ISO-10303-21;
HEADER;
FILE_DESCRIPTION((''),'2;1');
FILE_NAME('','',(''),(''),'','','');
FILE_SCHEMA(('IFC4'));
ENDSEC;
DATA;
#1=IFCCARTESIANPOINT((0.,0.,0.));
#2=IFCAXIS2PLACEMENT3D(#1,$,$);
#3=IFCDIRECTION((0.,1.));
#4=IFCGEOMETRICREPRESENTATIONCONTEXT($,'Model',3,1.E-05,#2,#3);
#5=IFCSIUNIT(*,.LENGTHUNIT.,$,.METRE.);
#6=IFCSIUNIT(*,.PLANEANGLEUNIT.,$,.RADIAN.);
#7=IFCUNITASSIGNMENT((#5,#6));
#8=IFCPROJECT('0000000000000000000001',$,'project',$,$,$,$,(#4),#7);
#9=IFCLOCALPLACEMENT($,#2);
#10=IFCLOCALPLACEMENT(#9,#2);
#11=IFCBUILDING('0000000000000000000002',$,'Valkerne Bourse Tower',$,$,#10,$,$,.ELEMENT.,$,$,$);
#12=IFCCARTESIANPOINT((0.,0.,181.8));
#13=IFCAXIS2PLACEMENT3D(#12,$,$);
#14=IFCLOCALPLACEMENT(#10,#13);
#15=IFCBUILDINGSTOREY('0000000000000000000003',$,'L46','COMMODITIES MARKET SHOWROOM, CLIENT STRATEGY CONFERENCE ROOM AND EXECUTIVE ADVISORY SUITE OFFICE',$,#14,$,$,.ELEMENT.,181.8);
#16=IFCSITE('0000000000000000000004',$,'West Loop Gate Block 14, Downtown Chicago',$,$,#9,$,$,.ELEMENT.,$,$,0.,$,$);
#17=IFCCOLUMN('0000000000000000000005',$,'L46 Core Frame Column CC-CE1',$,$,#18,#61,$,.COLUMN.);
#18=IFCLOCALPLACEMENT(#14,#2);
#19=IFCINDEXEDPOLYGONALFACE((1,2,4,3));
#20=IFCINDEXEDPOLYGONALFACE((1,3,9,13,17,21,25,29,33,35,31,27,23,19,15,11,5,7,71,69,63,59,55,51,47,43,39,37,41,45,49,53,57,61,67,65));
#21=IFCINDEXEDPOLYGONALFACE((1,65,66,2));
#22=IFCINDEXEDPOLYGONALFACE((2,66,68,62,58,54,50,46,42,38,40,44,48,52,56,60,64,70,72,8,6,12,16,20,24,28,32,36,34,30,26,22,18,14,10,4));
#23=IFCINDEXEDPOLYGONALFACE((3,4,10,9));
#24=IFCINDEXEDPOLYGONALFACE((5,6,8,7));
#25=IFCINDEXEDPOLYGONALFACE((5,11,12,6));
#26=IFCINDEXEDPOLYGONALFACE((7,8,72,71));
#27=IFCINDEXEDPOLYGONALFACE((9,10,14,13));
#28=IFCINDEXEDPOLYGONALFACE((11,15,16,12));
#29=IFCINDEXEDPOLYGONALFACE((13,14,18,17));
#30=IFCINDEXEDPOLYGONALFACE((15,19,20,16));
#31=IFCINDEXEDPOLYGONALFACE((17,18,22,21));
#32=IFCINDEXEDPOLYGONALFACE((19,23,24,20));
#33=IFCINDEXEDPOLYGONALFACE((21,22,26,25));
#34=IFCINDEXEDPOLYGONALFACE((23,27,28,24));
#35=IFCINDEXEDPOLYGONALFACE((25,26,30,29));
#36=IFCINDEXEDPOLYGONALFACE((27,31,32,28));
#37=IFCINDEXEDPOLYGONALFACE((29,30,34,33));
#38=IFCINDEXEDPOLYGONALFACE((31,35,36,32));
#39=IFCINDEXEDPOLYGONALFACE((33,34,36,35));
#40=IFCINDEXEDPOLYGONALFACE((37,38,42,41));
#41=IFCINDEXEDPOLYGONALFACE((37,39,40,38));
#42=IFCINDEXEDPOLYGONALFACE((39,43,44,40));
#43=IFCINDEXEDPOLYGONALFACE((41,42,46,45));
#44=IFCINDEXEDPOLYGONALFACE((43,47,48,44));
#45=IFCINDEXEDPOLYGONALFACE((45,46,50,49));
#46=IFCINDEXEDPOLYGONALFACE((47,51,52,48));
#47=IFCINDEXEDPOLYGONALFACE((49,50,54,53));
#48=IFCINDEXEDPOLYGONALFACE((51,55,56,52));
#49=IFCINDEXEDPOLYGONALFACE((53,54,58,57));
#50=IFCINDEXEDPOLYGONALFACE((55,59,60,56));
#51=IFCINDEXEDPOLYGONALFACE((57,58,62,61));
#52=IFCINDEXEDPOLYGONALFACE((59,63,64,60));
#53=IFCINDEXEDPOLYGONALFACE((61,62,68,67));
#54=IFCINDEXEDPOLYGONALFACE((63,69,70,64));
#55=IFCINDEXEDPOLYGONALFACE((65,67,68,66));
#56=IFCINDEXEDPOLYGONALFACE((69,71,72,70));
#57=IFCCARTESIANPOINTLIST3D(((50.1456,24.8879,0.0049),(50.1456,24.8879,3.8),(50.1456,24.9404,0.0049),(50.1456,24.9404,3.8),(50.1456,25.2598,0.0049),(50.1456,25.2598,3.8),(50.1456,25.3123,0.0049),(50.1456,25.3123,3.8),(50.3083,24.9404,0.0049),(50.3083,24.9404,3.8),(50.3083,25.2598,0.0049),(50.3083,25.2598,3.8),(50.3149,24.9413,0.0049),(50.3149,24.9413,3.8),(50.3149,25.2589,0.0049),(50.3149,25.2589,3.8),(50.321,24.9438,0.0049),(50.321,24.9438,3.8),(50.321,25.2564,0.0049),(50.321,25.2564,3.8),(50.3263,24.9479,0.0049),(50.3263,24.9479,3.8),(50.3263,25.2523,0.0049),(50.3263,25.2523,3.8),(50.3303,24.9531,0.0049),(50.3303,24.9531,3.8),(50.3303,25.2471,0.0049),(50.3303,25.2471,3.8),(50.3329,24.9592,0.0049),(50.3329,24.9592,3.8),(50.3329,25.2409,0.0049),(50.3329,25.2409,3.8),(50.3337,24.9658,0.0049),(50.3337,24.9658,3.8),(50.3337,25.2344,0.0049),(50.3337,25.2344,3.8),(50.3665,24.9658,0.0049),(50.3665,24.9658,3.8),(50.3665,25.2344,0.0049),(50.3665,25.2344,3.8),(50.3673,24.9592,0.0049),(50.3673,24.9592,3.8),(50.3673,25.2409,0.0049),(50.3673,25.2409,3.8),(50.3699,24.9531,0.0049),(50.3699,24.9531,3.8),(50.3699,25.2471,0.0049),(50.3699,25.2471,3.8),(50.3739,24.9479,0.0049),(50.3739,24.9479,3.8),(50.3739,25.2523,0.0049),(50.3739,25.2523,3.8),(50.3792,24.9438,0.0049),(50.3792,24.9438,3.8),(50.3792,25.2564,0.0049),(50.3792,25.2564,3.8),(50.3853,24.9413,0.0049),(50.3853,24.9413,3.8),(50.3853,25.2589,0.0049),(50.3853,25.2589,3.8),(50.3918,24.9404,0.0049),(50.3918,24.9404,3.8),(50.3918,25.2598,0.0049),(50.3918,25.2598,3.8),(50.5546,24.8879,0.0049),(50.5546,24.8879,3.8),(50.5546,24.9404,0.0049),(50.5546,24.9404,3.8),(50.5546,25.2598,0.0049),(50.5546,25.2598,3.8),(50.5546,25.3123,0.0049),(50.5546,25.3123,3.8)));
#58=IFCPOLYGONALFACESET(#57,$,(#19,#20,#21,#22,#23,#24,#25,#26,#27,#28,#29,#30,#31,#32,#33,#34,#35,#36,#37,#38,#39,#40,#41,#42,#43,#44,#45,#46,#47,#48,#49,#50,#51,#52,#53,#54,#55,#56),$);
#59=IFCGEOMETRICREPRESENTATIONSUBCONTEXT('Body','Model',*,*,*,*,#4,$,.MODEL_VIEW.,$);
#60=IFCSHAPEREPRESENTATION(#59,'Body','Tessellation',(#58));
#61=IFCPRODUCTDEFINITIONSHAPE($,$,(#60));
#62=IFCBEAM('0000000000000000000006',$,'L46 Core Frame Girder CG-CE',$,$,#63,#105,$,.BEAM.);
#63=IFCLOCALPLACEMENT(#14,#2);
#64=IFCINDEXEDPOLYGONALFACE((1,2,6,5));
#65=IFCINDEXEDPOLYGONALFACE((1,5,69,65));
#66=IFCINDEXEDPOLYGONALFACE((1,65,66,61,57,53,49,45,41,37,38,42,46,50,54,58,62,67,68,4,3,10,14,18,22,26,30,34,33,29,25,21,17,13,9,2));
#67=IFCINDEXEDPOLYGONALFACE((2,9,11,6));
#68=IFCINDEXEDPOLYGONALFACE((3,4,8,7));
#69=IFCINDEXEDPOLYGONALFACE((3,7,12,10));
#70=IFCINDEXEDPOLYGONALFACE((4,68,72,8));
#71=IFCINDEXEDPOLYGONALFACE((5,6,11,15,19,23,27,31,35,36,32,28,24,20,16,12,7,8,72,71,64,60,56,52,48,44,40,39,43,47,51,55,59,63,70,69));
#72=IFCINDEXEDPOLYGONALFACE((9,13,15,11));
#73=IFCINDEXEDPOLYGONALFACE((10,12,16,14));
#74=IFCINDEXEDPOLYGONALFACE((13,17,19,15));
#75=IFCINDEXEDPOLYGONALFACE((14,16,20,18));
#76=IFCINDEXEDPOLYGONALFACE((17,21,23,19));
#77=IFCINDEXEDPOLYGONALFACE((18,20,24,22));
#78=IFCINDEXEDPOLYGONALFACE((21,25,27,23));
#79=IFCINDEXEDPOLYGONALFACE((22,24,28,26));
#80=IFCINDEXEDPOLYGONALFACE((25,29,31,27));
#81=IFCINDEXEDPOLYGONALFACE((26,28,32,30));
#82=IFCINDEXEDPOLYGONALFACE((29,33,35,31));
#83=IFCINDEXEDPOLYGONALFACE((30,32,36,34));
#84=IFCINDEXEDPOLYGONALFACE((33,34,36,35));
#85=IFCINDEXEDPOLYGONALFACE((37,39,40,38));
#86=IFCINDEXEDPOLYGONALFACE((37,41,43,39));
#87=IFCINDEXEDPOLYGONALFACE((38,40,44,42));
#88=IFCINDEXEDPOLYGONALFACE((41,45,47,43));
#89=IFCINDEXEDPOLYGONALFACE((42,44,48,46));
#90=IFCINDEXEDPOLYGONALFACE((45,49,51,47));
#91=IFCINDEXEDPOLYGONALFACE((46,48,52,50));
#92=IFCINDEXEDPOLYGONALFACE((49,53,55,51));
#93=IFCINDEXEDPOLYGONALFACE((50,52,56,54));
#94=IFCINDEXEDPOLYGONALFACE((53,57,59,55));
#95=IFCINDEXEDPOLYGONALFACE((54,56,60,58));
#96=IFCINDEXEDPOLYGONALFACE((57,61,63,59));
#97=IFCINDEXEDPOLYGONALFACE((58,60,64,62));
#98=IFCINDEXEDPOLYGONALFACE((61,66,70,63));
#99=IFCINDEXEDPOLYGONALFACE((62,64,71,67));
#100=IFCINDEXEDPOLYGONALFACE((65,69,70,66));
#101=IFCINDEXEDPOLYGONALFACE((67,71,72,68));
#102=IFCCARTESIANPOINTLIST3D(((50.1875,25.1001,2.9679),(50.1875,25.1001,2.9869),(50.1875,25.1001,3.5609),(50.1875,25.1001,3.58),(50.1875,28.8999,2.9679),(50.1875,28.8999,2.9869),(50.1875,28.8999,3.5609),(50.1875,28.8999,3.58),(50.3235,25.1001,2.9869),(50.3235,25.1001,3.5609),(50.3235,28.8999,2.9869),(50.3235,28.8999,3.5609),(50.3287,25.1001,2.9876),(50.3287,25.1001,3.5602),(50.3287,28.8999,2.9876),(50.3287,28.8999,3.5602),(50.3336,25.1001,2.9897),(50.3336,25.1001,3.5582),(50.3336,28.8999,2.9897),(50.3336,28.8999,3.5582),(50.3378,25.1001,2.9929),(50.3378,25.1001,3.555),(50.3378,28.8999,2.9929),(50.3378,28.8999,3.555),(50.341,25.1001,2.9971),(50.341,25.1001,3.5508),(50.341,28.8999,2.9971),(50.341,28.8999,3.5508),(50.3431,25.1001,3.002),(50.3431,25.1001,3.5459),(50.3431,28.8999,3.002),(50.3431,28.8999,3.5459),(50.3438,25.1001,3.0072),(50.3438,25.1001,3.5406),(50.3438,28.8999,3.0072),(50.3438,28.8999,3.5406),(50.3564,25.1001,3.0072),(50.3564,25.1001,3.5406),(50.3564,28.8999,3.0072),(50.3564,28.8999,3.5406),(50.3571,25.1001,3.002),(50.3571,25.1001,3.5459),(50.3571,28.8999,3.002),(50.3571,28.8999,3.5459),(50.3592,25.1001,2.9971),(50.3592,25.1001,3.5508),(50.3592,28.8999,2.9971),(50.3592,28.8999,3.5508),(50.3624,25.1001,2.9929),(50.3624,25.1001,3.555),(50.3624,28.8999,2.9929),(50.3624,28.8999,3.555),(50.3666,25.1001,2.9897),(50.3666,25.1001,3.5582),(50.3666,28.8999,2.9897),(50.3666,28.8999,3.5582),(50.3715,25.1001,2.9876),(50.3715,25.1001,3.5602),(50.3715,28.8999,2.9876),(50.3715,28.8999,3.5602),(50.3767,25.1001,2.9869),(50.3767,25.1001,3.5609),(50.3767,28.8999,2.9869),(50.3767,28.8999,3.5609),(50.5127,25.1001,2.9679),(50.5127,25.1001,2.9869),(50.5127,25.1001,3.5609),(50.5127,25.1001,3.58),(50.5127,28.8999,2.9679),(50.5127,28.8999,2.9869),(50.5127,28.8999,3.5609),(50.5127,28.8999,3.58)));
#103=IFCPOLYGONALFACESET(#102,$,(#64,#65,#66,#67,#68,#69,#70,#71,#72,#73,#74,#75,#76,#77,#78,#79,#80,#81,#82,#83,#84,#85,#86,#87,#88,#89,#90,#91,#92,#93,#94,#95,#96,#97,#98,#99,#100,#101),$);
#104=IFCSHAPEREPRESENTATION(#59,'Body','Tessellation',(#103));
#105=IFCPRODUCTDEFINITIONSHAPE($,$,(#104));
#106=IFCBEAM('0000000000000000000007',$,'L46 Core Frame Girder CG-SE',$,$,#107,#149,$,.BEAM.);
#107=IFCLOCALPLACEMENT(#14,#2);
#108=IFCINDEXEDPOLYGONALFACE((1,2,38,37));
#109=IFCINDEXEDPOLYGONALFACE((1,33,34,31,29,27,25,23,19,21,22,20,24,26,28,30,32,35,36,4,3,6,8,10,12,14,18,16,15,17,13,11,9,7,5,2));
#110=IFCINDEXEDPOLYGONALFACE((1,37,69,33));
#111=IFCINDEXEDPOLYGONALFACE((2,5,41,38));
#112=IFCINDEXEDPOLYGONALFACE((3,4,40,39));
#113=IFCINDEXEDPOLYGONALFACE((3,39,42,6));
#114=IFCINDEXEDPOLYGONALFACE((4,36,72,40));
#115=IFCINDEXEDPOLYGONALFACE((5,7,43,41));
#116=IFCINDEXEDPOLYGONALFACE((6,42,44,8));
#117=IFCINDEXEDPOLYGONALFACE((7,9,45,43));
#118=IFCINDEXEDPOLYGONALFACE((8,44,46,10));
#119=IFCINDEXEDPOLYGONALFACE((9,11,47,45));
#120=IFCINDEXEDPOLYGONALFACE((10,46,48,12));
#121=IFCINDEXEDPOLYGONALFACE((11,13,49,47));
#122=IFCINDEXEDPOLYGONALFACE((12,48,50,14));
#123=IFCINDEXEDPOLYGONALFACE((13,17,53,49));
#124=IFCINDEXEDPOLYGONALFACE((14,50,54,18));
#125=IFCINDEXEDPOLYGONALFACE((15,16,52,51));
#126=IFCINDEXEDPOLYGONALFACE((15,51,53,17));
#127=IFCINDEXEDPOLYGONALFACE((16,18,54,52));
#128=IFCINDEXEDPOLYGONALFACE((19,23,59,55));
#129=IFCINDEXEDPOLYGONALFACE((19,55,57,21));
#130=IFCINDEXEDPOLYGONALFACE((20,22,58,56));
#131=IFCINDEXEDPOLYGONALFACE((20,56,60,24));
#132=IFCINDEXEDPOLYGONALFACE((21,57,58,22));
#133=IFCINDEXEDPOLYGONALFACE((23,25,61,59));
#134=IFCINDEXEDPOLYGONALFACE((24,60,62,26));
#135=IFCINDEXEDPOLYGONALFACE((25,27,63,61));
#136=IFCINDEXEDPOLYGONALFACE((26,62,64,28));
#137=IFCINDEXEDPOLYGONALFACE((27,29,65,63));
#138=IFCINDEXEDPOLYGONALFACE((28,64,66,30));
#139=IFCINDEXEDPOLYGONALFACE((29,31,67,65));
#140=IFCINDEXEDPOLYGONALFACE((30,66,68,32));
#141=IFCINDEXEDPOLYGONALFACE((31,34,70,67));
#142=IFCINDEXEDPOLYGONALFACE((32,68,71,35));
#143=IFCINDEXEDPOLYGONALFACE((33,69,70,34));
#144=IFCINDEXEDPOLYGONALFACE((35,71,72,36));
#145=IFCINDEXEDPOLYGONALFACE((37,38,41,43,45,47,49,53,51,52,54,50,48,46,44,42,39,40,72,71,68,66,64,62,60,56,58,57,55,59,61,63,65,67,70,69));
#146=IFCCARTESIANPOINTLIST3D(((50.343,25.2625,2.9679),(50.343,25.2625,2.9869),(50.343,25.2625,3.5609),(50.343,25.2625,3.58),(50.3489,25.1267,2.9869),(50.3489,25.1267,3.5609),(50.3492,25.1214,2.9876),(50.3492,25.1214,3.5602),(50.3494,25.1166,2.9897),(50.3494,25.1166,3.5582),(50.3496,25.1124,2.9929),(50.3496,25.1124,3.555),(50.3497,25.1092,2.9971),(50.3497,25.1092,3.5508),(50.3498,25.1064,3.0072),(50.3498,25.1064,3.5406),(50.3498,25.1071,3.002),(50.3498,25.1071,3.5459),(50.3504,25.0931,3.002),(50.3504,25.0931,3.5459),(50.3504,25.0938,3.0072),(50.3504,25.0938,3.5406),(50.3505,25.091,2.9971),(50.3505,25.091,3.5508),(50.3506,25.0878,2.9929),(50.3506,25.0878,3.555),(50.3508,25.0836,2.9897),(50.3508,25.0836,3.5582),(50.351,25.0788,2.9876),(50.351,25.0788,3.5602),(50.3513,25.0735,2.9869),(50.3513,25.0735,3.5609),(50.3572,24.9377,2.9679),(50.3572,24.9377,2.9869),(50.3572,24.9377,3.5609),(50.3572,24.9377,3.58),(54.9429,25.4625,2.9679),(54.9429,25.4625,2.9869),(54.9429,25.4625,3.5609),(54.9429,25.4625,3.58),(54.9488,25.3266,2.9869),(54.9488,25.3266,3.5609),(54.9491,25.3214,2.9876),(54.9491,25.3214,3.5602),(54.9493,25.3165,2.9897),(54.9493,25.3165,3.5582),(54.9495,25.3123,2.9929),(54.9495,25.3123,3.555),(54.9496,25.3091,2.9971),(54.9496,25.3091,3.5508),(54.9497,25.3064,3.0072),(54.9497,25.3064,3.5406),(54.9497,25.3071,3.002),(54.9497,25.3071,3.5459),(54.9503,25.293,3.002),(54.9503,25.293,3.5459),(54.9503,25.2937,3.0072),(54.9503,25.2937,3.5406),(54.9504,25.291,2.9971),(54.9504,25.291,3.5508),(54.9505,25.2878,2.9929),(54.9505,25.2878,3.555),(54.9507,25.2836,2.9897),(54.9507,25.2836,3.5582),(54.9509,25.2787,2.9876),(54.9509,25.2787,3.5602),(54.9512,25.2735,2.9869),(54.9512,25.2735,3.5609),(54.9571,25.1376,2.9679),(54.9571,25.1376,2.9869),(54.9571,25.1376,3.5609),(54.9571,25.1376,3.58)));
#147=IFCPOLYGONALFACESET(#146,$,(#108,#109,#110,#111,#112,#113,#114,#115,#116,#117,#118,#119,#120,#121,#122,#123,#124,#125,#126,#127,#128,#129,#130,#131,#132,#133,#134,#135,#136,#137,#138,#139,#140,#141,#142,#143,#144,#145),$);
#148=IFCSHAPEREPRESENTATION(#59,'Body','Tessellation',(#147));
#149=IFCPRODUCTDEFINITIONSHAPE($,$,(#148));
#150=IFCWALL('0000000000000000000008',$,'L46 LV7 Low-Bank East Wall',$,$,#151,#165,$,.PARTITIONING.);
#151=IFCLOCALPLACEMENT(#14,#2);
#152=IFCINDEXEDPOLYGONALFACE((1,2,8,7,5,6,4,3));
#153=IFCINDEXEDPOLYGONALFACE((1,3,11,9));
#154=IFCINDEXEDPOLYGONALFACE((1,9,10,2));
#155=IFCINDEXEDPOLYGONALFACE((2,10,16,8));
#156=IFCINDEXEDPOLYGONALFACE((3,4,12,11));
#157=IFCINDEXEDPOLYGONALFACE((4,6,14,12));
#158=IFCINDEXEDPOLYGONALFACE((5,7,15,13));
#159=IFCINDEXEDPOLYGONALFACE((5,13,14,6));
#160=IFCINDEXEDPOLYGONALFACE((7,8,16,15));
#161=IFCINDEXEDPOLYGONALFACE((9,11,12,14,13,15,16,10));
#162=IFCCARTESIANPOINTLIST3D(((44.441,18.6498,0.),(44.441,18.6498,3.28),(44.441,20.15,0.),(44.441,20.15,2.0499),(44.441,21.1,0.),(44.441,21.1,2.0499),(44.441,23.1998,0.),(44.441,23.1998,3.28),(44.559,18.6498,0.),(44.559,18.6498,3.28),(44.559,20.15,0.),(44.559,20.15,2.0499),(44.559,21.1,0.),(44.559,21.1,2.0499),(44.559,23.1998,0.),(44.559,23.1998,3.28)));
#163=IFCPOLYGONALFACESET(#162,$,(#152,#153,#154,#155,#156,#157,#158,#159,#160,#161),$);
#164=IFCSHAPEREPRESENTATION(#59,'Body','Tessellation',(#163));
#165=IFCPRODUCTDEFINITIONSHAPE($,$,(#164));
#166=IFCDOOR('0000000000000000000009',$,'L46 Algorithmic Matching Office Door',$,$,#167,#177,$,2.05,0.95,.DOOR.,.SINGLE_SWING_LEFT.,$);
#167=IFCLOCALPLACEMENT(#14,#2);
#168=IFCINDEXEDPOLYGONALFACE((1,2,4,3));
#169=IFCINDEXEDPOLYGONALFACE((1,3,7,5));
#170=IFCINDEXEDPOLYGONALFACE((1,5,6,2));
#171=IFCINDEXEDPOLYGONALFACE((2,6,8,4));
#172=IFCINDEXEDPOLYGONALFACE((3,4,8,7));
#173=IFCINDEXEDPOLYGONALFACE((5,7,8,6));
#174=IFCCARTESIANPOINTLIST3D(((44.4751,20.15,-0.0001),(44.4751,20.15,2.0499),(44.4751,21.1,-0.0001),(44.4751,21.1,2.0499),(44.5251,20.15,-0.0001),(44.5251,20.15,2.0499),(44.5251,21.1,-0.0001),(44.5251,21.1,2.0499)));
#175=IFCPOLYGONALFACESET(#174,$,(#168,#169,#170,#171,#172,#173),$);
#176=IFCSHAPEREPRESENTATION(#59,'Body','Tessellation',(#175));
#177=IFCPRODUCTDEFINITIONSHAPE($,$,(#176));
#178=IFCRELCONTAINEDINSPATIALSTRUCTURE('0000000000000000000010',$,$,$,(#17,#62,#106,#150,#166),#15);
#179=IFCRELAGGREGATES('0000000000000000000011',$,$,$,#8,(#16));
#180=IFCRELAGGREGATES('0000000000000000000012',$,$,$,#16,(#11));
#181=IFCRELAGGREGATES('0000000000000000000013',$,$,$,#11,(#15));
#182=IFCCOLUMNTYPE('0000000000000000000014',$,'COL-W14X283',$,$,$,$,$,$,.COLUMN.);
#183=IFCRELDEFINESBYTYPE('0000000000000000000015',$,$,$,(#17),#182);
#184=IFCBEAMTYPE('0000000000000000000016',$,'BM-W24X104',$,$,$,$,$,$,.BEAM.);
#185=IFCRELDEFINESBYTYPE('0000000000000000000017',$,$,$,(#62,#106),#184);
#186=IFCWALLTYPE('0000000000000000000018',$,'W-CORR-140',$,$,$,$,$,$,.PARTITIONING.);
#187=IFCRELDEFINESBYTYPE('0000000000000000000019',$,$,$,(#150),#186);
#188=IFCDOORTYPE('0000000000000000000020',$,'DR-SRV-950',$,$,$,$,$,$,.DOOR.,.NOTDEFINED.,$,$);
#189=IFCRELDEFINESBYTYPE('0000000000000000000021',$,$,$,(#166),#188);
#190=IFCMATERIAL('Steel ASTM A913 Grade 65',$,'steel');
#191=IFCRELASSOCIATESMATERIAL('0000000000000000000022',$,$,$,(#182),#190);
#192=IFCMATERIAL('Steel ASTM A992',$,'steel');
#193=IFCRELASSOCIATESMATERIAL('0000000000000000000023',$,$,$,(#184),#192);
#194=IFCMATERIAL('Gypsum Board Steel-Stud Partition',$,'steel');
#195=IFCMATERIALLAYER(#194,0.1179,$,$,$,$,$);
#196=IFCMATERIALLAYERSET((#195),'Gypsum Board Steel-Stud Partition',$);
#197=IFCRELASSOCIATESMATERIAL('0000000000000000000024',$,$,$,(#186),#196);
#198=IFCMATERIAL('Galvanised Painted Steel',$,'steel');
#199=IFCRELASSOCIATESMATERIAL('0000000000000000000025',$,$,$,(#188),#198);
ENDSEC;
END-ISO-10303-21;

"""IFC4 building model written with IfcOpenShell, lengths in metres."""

from ifc_helpers import new_model, si_unit, direction, frame, frame_2d, origin, origin_2d, place, context, subcontext, project, spatial, rectangle, i_section, extrude, material, layer, layer_set, material_profile, profile_set, type_object, element, fill, save


model = new_model("IFC4")

# Units and contexts
model_context = context("Model", 3, precision=1e-05, world=origin(), true_north=direction((0.0, 1.0)))
body_context = subcontext(model_context, "Body", "Model", "MODEL_VIEW")
ifc_project = project(units=[si_unit("LENGTHUNIT", "METRE"), si_unit("PLANEANGLEUNIT", "RADIAN")], contexts=[model_context])

# Site, building, storey
site_placement = place(None, origin())
site = spatial("IfcSite", under=ifc_project, at=site_placement, Name="West Loop Gate Block 14, Downtown Chicago", CompositionType="ELEMENT", RefElevation=0.0)
building_placement = place(site_placement, origin())
building = spatial("IfcBuilding", under=site, at=building_placement, Name="Valkerne Bourse Tower", CompositionType="ELEMENT")
storey_placement = place(building_placement, frame((0.0, 0.0, 181.8)))
storey = spatial("IfcBuildingStorey", under=building, at=storey_placement, Name="L46", Description="COMMODITIES MARKET SHOWROOM, CLIENT STRATEGY CONFERENCE ROOM AND EXECUTIVE ADVISORY SUITE OFFICE", CompositionType="ELEMENT", Elevation=181.8)

# Column
ifc_material_1 = material(Name="Steel ASTM A913 Grade 65", Category="steel")
ifc_material_profile_1 = material_profile(ifc_material_1, i_section(OverallWidth=0.4089, OverallDepth=0.4243, WebThickness=0.0327, FlangeThickness=0.0525, FilletRadius=0.0254, at=origin_2d()), Name="W14X283")
ifc_profile_set_1 = profile_set([ifc_material_profile_1], Name="Steel ASTM A913 Grade 65")
column_type = type_object("IfcColumnType", Name="COL-W14X283", PredefinedType="COLUMN", material=ifc_profile_set_1)
column_placement = place(storey_placement, frame((50.3501, 25.1001, 0.0049), z_axis=(0.0, 0.0, 1.0), x_axis=(1.0, 0.0, 0.0)))
element("IfcColumn", 1, at=column_placement, inside=storey, type_object=column_type, Name="L46 Core Frame Column CC-CE1", PredefinedType="COLUMN", context=body_context, shape_type="SweptSolid", body=[
    extrude(i_section(OverallWidth=0.4089, OverallDepth=0.4243, WebThickness=0.0327, FlangeThickness=0.0525, FilletRadius=0.0254, at=origin_2d()), origin(), (0.0, 0.0, 1.0), 3.7952),
])

# Beams
ifc_material_2 = material(Name="Steel ASTM A992", Category="steel")
ifc_material_profile_2 = material_profile(ifc_material_2, i_section(OverallWidth=0.3252, OverallDepth=0.6121, WebThickness=0.0127, FlangeThickness=0.019, FilletRadius=0.0203, at=origin_2d()), Name="W24X104")
ifc_profile_set_2 = profile_set([ifc_material_profile_2], Name="Steel ASTM A992")
beam_type = type_object("IfcBeamType", Name="BM-W24X104", PredefinedType="BEAM", material=ifc_profile_set_2)
beam_1_placement = place(storey_placement, frame((50.3501, 25.1001, 3.2739), z_axis=(0.0, 1.0, 0.0), x_axis=(-1.0, 0.0, 0.0)))
element("IfcBeam", 2, at=beam_1_placement, inside=storey, type_object=beam_type, Name="L46 Core Frame Girder CG-CE", PredefinedType="BEAM", context=body_context, shape_type="SweptSolid", body=[
    extrude(i_section(OverallWidth=0.3252, OverallDepth=0.6121, WebThickness=0.0127, FlangeThickness=0.019, FilletRadius=0.0203, at=origin_2d()), origin(), (0.0, 0.0, 1.0), 3.7998),
])
beam_2_placement = place(storey_placement, frame((50.3501, 25.1001, 3.2739), z_axis=(0.999057, 0.043428, 0.0), x_axis=(-0.043428, 0.999057, 0.0)))
element("IfcBeam", 3, at=beam_2_placement, inside=storey, type_object=beam_type, Name="L46 Core Frame Girder CG-SE", PredefinedType="BEAM", context=body_context, shape_type="SweptSolid", body=[
    extrude(i_section(OverallWidth=0.3252, OverallDepth=0.6121, WebThickness=0.0127, FlangeThickness=0.019, FilletRadius=0.0203, at=origin_2d()), origin(), (0.0, 0.0, 1.0), 4.6042),
])

# Wall, opening, door
ifc_material_3 = material(Name="Gypsum Board Steel-Stud Partition", Category="steel")
ifc_layer_1 = layer(ifc_material_3, 0.1179)
ifc_layer_set_1 = layer_set([ifc_layer_1], Name="Gypsum Board Steel-Stud Partition")
wall_type_1 = type_object("IfcWallType", Name="W-CORR-140", PredefinedType="PARTITIONING", material=ifc_layer_set_1)
wall_1_placement = place(storey_placement, frame((44.5, 18.6499, 0.0), z_axis=(0.0, 0.0, 1.0), x_axis=(0.0, 1.0, 0.0)))
wall_1 = element("IfcWall", 4, at=wall_1_placement, inside=storey, type_object=wall_type_1, Name="L46 LV7 Low-Bank East Wall", PredefinedType="PARTITIONING", context=body_context, shape_type="SweptSolid", body=[
    extrude(rectangle(XDim=4.55, YDim=0.1179, at=frame_2d((2.2749, 0.0))), origin(), (0.0, 0.0, 1.0), 3.28),
])
opening_1_placement = place(wall_1_placement, frame((1.5, 0.0, 0.0)))
opening_1 = element("IfcOpeningElement", 5, at=opening_1_placement, cuts=wall_1, PredefinedType="OPENING", context=body_context, shape_type="SweptSolid", body=[
    extrude(rectangle(XDim=0.95, YDim=2.05, at=frame_2d((0.4751, 1.0249))), frame((0.0, 0.0688, 0.0), z_axis=(0.0, -1.0, 0.0), x_axis=(1.0, 0.0, 0.0)), (0.0, 0.0, 1.0), 0.1379),
])
ifc_material_4 = material(Name="Galvanised Painted Steel", Category="steel")
door_type_1 = type_object("IfcDoorType", Name="DR-SRV-950", OperationType="NOTDEFINED", PredefinedType="DOOR", material=ifc_material_4)
door_1_placement = place(opening_1_placement, origin())
door_1 = element("IfcDoor", 6, at=door_1_placement, inside=storey, type_object=door_type_1, Name="L46 Algorithmic Matching Office Door", OperationType="SINGLE_SWING_LEFT", OverallHeight=2.05, OverallWidth=0.95, PredefinedType="DOOR", context=body_context, shape_type="SweptSolid", body=[
    extrude(rectangle(XDim=0.95, YDim=2.05, at=frame_2d((0.4751, 1.0249))), frame((0.0, 0.0249, 0.0), z_axis=(0.0, -1.0, 0.0), x_axis=(1.0, 0.0, 0.0)), (0.0, 0.0, 1.0), 0.05),
])
fill(opening_1, door_1)

save(model, "model.ifc")
